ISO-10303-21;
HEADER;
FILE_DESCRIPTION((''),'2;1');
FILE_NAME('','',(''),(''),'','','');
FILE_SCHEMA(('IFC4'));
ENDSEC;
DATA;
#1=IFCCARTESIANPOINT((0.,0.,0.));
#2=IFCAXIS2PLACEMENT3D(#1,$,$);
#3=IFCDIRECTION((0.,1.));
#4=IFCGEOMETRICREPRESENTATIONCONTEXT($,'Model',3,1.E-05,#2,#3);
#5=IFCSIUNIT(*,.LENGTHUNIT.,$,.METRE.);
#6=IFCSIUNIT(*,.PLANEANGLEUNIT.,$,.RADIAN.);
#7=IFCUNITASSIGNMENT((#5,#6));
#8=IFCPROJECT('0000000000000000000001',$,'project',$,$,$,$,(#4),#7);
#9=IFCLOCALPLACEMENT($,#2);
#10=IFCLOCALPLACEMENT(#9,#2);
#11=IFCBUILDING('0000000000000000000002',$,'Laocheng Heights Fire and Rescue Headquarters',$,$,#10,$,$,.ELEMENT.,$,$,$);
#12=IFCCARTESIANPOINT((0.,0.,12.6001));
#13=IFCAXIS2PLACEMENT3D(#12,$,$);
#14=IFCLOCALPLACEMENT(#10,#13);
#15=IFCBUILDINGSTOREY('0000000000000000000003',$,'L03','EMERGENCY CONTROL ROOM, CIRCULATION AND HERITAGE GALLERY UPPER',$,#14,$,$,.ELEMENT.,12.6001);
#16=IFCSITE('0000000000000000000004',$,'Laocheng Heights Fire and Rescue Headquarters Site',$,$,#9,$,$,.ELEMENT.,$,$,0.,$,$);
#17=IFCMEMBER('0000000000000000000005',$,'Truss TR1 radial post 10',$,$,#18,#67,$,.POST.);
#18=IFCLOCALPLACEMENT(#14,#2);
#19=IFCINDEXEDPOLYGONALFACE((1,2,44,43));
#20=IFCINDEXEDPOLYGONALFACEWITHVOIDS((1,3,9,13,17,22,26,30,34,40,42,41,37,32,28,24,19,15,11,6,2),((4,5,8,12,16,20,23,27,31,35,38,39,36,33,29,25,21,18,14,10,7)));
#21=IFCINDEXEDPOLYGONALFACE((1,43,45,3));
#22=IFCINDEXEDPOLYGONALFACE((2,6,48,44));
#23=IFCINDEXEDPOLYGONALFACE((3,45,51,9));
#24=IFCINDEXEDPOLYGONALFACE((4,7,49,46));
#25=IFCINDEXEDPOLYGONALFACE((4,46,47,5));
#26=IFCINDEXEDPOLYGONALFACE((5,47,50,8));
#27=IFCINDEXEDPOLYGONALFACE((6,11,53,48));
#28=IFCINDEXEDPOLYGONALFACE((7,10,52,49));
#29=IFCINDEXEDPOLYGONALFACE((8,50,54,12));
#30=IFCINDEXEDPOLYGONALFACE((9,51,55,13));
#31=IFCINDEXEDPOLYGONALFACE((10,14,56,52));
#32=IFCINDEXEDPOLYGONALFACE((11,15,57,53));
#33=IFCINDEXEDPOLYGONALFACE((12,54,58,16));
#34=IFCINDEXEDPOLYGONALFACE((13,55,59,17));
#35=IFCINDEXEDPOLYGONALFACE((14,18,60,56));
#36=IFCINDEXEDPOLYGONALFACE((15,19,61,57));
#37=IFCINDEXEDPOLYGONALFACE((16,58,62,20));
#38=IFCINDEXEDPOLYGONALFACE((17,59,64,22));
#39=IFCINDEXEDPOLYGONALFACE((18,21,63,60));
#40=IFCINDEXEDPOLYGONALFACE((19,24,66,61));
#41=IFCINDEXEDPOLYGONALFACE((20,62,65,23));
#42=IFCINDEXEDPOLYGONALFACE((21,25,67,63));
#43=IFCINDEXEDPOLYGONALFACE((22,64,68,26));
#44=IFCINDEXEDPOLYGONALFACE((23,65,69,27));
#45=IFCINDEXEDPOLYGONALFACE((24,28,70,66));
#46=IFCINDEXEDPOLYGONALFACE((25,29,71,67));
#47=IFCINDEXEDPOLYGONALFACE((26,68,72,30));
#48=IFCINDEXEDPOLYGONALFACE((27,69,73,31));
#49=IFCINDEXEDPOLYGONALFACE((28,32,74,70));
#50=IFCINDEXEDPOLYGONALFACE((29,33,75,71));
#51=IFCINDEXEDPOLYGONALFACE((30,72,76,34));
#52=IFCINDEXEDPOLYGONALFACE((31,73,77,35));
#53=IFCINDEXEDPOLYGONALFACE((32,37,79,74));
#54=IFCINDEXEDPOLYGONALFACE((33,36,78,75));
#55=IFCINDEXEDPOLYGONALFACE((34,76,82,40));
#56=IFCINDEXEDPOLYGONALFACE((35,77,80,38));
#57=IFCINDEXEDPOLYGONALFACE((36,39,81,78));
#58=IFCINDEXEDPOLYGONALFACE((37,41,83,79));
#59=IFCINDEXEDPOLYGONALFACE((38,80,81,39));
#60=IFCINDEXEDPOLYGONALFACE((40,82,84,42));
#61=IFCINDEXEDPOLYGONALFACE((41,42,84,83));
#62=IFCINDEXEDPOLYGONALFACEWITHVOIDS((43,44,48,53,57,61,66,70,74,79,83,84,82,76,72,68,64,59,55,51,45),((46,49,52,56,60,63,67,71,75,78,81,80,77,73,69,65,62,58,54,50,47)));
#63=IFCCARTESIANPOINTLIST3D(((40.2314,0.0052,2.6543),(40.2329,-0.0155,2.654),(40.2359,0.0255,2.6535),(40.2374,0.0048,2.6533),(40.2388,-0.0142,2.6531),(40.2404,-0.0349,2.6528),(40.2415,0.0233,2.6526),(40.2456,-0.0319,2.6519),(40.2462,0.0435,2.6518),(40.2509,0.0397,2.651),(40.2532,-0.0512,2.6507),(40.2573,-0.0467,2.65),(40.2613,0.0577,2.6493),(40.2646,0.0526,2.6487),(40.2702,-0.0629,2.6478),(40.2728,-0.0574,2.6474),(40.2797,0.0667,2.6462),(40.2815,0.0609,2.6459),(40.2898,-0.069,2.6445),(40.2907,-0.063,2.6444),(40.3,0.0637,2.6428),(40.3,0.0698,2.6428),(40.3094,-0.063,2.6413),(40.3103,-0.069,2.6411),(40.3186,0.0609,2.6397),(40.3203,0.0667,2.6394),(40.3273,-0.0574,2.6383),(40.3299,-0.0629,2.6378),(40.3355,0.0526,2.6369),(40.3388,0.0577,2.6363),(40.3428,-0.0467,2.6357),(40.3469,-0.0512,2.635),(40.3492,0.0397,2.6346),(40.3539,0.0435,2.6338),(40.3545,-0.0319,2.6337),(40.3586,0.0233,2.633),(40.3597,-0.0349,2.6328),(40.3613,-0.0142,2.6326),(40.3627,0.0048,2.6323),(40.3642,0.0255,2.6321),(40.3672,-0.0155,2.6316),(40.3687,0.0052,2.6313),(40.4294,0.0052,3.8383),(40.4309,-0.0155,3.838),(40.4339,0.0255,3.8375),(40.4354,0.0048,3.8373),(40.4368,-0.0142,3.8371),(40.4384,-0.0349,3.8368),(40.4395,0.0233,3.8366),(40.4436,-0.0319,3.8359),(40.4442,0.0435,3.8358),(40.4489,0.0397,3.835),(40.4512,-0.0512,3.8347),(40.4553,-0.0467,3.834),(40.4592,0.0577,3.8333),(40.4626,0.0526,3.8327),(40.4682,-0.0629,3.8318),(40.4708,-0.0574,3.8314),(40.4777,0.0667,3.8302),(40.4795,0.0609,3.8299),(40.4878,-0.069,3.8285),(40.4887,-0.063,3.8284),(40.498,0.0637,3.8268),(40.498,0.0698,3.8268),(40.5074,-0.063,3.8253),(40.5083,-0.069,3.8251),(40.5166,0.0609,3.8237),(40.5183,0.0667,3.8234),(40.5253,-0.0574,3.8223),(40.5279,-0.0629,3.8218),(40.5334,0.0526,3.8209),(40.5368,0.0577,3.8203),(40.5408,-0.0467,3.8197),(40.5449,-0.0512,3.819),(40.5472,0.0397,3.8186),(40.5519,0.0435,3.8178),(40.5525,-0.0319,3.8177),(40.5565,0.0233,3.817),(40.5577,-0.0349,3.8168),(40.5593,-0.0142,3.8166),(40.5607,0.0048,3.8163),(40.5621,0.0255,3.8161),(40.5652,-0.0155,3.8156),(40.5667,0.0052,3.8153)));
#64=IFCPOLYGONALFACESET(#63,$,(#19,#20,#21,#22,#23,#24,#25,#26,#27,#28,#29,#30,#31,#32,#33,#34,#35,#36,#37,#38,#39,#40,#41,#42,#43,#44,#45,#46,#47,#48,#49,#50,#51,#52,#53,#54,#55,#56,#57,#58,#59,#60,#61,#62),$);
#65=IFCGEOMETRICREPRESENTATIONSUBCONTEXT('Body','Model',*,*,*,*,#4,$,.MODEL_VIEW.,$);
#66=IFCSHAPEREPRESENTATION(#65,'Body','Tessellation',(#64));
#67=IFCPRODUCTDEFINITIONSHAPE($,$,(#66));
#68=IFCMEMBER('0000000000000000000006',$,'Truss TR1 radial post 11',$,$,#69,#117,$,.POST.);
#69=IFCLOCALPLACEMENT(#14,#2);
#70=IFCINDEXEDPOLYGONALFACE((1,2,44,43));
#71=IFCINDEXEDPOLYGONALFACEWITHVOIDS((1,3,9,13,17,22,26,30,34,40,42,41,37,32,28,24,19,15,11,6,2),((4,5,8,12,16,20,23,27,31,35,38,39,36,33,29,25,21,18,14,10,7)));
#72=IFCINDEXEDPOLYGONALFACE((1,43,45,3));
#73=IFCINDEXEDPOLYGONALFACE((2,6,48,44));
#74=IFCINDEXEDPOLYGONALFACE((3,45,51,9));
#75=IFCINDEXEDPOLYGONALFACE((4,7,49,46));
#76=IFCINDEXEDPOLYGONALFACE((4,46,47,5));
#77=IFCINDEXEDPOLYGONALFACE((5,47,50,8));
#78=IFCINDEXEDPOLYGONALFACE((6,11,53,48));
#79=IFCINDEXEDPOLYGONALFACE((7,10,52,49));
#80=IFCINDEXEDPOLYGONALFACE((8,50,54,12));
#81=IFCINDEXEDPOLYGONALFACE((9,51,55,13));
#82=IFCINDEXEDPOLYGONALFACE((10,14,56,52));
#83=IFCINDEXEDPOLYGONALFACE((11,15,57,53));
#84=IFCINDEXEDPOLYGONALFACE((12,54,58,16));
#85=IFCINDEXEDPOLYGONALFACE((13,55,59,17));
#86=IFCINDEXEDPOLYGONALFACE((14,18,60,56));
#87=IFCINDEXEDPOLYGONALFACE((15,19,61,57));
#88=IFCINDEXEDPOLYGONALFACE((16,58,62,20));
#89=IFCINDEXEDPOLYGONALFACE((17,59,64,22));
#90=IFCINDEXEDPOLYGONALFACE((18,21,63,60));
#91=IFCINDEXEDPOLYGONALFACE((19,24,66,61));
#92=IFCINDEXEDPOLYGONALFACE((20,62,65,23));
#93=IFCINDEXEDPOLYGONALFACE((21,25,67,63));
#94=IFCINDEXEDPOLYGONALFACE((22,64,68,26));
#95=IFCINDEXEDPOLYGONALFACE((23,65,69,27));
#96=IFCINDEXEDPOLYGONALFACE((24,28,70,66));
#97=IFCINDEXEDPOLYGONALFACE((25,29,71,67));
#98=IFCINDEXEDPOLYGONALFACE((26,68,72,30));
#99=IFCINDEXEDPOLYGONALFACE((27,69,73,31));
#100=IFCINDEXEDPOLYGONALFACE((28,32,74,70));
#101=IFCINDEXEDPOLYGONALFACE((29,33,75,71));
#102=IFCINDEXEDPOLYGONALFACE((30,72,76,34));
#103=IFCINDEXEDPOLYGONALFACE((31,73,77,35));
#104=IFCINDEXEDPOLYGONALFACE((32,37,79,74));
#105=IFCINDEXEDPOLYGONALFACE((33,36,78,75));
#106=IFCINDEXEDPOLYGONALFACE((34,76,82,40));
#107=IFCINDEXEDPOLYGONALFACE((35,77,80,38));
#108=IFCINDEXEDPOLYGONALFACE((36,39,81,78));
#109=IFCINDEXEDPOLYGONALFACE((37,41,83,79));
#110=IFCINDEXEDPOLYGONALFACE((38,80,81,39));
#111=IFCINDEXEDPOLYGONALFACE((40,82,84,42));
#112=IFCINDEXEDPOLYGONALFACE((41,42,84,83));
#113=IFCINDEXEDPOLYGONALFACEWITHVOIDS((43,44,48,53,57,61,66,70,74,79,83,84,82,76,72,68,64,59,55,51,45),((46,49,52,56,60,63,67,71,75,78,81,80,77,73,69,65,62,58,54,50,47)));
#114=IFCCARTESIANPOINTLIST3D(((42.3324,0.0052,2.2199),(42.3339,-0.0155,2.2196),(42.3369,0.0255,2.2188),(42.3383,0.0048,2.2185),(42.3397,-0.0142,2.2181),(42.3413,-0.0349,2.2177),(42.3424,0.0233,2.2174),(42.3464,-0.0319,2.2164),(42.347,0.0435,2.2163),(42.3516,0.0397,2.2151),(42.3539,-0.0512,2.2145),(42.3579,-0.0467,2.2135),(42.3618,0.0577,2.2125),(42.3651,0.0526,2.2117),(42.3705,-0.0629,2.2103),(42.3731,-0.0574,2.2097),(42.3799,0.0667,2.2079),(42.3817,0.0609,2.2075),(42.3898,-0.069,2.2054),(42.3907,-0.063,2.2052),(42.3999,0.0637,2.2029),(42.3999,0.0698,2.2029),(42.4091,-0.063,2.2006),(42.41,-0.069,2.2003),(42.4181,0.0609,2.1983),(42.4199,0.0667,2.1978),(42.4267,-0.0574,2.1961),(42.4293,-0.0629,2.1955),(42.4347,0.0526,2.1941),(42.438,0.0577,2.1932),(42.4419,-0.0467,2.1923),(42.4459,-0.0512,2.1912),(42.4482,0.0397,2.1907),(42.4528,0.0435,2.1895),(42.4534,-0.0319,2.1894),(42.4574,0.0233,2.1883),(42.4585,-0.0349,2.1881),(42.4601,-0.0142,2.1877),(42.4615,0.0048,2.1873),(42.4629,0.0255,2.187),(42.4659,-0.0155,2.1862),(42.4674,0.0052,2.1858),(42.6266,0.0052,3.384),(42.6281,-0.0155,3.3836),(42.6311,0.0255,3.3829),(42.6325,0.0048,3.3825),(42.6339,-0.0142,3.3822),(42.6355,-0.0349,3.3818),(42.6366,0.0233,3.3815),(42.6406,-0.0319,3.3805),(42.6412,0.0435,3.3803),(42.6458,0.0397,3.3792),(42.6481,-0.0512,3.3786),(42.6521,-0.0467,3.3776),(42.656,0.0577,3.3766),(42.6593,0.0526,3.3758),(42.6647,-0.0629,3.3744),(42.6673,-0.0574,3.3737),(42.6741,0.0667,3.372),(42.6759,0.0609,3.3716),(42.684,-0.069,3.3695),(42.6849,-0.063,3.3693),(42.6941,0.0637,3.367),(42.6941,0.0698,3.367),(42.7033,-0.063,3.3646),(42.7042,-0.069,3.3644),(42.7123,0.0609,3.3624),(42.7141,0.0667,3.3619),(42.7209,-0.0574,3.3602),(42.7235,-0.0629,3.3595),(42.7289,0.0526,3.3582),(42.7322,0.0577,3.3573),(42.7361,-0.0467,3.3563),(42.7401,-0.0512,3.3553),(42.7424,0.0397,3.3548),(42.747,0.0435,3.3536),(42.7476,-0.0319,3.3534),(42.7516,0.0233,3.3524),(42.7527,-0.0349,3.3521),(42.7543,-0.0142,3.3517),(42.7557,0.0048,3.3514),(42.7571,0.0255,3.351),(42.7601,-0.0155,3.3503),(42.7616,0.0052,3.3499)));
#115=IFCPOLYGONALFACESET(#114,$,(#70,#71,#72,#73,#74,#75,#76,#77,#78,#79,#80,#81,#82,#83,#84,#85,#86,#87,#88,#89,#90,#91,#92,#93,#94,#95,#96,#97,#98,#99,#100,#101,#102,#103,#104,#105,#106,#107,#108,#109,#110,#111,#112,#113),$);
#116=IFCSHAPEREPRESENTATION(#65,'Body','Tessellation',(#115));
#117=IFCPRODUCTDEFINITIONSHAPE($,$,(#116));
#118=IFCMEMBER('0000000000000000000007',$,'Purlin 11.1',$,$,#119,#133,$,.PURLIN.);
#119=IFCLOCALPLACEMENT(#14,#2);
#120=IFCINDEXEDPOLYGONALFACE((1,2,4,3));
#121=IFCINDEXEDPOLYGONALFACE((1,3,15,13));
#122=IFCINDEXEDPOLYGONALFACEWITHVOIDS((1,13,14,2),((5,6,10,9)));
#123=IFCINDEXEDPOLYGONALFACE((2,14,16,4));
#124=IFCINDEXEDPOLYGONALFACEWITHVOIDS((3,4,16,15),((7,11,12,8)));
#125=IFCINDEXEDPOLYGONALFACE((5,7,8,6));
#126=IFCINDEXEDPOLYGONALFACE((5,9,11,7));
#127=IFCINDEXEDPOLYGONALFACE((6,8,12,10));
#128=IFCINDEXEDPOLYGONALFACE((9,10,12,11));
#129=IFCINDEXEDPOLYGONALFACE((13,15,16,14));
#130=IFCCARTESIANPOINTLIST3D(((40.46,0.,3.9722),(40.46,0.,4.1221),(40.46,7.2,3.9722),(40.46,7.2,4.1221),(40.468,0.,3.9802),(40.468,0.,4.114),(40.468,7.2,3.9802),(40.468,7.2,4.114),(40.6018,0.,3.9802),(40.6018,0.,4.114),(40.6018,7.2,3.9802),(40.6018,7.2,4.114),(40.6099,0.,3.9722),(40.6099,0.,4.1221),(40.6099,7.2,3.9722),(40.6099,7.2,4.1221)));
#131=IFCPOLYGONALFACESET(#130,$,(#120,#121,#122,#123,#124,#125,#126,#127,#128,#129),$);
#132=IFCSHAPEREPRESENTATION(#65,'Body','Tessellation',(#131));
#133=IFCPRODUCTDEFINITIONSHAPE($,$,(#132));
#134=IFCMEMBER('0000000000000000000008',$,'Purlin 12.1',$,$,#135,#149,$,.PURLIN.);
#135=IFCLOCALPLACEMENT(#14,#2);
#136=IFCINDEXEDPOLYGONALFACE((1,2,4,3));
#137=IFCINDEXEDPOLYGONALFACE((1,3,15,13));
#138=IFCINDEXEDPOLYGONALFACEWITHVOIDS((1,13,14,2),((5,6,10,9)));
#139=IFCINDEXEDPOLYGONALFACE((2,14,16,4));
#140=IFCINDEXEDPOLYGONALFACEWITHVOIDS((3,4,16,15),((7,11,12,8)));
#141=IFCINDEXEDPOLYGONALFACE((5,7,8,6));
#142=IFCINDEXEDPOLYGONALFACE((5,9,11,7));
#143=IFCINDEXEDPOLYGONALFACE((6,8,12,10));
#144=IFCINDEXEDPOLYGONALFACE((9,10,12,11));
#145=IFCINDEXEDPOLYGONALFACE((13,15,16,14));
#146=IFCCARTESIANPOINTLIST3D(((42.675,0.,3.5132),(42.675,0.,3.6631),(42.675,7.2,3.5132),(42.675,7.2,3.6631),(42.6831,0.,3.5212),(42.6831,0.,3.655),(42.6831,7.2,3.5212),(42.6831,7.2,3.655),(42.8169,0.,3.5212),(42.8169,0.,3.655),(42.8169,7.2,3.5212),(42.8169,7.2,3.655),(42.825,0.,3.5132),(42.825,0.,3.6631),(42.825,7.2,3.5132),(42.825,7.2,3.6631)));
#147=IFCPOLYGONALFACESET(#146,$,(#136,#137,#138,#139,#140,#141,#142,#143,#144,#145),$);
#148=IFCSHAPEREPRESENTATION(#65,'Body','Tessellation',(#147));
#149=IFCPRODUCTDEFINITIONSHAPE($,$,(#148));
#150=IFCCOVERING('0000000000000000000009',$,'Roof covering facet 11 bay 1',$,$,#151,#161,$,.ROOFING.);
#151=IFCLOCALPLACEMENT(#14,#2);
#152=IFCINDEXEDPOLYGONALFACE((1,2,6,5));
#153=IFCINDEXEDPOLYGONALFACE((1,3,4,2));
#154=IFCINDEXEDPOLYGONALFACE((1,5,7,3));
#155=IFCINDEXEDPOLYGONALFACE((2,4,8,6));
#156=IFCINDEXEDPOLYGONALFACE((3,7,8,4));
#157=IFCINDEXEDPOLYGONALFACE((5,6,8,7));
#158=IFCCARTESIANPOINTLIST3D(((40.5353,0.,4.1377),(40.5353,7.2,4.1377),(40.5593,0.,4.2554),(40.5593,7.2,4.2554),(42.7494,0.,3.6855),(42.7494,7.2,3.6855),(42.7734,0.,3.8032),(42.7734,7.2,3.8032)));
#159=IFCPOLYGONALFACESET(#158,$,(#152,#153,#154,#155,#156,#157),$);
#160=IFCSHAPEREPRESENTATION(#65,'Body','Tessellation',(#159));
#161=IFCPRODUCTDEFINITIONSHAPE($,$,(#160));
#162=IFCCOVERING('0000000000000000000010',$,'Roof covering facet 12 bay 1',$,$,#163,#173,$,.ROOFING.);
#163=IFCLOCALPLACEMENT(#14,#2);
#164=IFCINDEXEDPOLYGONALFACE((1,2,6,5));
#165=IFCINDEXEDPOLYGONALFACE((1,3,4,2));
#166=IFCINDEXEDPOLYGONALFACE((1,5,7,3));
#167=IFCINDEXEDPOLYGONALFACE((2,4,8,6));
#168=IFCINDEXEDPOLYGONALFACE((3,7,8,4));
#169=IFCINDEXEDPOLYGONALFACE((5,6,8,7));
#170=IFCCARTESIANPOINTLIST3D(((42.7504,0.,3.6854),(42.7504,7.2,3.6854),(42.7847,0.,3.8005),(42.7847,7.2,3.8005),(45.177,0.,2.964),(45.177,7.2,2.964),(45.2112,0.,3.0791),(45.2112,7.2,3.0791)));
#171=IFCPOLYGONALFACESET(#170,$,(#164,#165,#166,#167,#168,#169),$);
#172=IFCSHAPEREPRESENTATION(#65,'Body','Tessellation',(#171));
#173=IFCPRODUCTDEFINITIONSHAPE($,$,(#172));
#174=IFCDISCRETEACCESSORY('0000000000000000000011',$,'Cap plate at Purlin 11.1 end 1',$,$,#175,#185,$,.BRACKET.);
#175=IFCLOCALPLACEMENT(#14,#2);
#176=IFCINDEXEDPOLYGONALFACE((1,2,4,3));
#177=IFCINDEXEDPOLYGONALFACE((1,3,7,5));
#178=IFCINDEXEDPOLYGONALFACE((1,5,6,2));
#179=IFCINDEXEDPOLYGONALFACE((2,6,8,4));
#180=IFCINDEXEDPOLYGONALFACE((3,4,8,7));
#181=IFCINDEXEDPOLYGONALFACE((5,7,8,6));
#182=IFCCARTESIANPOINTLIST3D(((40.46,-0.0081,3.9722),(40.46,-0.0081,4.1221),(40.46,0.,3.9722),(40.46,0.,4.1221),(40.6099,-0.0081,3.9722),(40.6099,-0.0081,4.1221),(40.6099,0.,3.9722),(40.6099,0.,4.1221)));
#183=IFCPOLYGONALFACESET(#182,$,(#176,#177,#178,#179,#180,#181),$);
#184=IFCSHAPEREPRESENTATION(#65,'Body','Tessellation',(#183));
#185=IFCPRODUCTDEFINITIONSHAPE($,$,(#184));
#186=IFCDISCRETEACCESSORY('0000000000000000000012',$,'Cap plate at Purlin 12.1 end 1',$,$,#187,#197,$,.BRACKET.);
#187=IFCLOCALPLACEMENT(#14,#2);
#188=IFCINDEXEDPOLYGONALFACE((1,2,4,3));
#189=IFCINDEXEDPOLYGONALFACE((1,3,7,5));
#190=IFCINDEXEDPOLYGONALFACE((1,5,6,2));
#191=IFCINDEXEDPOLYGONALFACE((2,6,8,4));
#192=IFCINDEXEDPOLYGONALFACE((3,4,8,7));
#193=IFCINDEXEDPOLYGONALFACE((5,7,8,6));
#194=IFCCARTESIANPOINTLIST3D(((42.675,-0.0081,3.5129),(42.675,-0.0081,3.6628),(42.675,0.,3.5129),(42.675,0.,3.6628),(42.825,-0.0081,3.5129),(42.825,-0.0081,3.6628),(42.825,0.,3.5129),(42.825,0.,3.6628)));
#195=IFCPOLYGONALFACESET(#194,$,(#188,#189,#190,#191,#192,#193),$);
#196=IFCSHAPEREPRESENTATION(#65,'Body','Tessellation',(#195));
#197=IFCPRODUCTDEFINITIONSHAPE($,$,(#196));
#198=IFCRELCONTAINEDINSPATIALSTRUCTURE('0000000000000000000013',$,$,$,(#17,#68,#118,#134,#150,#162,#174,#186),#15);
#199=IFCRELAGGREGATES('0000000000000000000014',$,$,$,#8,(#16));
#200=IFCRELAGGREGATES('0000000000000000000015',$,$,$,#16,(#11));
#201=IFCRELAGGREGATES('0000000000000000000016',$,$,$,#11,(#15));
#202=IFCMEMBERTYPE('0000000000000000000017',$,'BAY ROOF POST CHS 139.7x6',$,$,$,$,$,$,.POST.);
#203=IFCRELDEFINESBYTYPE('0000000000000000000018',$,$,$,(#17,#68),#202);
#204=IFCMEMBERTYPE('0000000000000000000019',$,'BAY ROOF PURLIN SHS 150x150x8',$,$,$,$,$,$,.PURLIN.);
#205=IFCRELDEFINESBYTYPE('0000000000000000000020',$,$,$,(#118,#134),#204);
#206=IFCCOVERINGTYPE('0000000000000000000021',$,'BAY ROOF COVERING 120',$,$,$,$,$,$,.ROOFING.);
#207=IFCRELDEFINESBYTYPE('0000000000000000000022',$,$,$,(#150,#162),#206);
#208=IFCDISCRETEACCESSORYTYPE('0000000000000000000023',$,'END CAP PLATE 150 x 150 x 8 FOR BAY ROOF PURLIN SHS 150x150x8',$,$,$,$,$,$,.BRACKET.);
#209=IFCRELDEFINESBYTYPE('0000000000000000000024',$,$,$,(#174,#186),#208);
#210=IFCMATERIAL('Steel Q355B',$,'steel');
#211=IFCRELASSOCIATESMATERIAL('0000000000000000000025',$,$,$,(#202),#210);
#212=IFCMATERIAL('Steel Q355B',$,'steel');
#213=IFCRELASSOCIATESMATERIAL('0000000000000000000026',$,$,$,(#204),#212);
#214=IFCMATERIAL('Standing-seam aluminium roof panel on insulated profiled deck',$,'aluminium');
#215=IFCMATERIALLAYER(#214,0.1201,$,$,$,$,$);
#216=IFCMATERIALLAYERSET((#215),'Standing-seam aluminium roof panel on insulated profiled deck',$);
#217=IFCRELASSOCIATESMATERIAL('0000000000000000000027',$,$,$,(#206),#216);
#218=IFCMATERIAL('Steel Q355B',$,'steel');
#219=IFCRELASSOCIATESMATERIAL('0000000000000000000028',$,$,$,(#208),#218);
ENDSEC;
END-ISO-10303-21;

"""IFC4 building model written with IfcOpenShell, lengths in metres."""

from ifc_helpers import new_model, si_unit, direction, frame, origin, origin_2d, place, context, subcontext, project, spatial, polyline, rectangle, hollow_rectangle, hollow_circle, outline, extrude, material, layer, layer_set, material_profile, profile_set, type_object, element, save


model = new_model("IFC4")

# Units and contexts
model_context = context("Model", 3, precision=1e-05, world=origin(), true_north=direction((0.0, 1.0)))
body_context = subcontext(model_context, "Body", "Model", "MODEL_VIEW")
ifc_project = project(units=[si_unit("LENGTHUNIT", "METRE"), si_unit("PLANEANGLEUNIT", "RADIAN")], contexts=[model_context])

# Site, building, storey
site_placement = place(None, origin())
site = spatial("IfcSite", under=ifc_project, at=site_placement, Name="Laocheng Heights Fire and Rescue Headquarters Site", CompositionType="ELEMENT", RefElevation=0.0)
building_placement = place(site_placement, origin())
building = spatial("IfcBuilding", under=site, at=building_placement, Name="Laocheng Heights Fire and Rescue Headquarters", CompositionType="ELEMENT")
storey_placement = place(building_placement, frame((0.0, 0.0, 12.6001)))
storey = spatial("IfcBuildingStorey", under=building, at=storey_placement, Name="L03", Description="EMERGENCY CONTROL ROOM, CIRCULATION AND HERITAGE GALLERY UPPER", CompositionType="ELEMENT", Elevation=12.6001)

# Members
ifc_material_1 = material(Name="Steel Q355B", Category="steel")
ifc_material_profile_1 = material_profile(ifc_material_1, hollow_circle(Radius=0.0698, WallThickness=0.0061, at=origin_2d()), Name="CHS 139.7x6")
ifc_profile_set_1 = profile_set([ifc_material_profile_1], Name="Steel Q355B")
member_type_1 = type_object("IfcMemberType", Name="BAY ROOF POST CHS 139.7x6", PredefinedType="POST", material=ifc_profile_set_1)
member_1_placement = place(storey_placement, frame((40.3, 0.0, 2.6428), z_axis=(0.164927, 0.0, 0.986306), x_axis=(0.0, 1.0, 0.0)))
element("IfcMember", 1, at=member_1_placement, inside=storey, type_object=member_type_1, Name="Truss TR1 radial post 10", PredefinedType="POST", context=body_context, shape_type="SweptSolid", body=[
    extrude(hollow_circle(Radius=0.0698, WallThickness=0.0061, at=origin_2d()), origin(), (0.0, 0.0, 1.0), 1.2004),
])
member_2_placement = place(storey_placement, frame((42.3999, 0.0, 2.2029), z_axis=(0.245023, 0.0, 0.969517), x_axis=(0.0, 1.0, 0.0)))
element("IfcMember", 2, at=member_2_placement, inside=storey, type_object=member_type_1, Name="Truss TR1 radial post 11", PredefinedType="POST", context=body_context, shape_type="SweptSolid", body=[
    extrude(hollow_circle(Radius=0.0698, WallThickness=0.0061, at=origin_2d()), origin(), (0.0, 0.0, 1.0), 1.2007),
])
ifc_material_2 = material(Name="Steel Q355B", Category="steel")
ifc_material_profile_2 = material_profile(ifc_material_2, hollow_rectangle(XDim=0.1499, YDim=0.1499, WallThickness=0.0081, at=origin_2d()), Name="SHS 150x150x8")
ifc_profile_set_2 = profile_set([ifc_material_profile_2], Name="Steel Q355B")
member_type_2 = type_object("IfcMemberType", Name="BAY ROOF PURLIN SHS 150x150x8", PredefinedType="PURLIN", material=ifc_profile_set_2)
for number, where, z_axis, x_axis, name in (
    (3, (40.5349, 0.0, 4.0471), (0.0, 1.0, 0.0), (-1.0, 0.0, 0.0), "Purlin 11.1"),
    (4, (42.75, 0.0, 3.5881), (0.0, 1.0, 0.0), (-1.0, 0.0, 0.0), "Purlin 12.1"),
):
    element("IfcMember", number, at=place(storey_placement, frame(where, z_axis=z_axis, x_axis=x_axis)), inside=storey, type_object=member_type_2, Name=name, PredefinedType="PURLIN", context=body_context, shape_type="SweptSolid", body=[
        extrude(hollow_rectangle(XDim=0.1499, YDim=0.1499, WallThickness=0.0081, at=origin_2d()), origin(), (0.0, 0.0, 1.0), 7.2),
    ])

# Coverings
ifc_material_3 = material(Name="Standing-seam aluminium roof panel on insulated profiled deck", Category="aluminium")
ifc_layer = layer(ifc_material_3, 0.1201)
ifc_layer_set = layer_set([ifc_layer], Name="Standing-seam aluminium roof panel on insulated profiled deck")
covering_type = type_object("IfcCoveringType", Name="BAY ROOF COVERING 120", PredefinedType="ROOFING", material=ifc_layer_set)
covering_1_placement = place(storey_placement, frame((40.5593, 0.0, 4.2554), z_axis=(0.200083, 0.0, 0.979779), x_axis=(0.979779, 0.0, -0.200083)))
element("IfcCovering", 5, at=covering_1_placement, inside=storey, type_object=covering_type, Name="Roof covering facet 11 bay 1", PredefinedType="ROOFING", context=body_context, shape_type="SweptSolid", body=[
    extrude(outline(polyline([(0.0, 0.0), (2.2598, 0.0), (2.2598, 7.2), (0.0, 7.2), (0.0, 0.0)])), origin(), (0.0, 0.0, -1.0), 0.1201),
])
covering_2_placement = place(storey_placement, frame((42.7847, 0.0, 3.8005), z_axis=(0.284985, 0.0, 0.958532), x_axis=(0.958532, 0.0, -0.284985)))
element("IfcCovering", 6, at=covering_2_placement, inside=storey, type_object=covering_type, Name="Roof covering facet 12 bay 1", PredefinedType="ROOFING", context=body_context, shape_type="SweptSolid", body=[
    extrude(outline(polyline([(0.0, 0.0), (2.5315, 0.0), (2.5315, 7.2), (0.0, 7.2), (0.0, 0.0)])), origin(), (0.0, 0.0, -1.0), 0.1201),
])

# Discrete accessories
ifc_material_4 = material(Name="Steel Q355B", Category="steel")
ifc_material_profile_3 = material_profile(ifc_material_4, rectangle(XDim=0.1499, YDim=0.1499, at=origin_2d()), Name="END CAP PLATE 150 x 150 x 8 FOR BAY ROOF PURLIN SHS 150x150x8")
ifc_profile_set_3 = profile_set([ifc_material_profile_3], Name="Steel Q355B")
discrete_accessory_type_1 = type_object("IfcDiscreteAccessoryType", Name="END CAP PLATE 150 x 150 x 8 FOR BAY ROOF PURLIN SHS 150x150x8", PredefinedType="BRACKET", material=ifc_profile_set_3)
for number, where, z_axis, x_axis, name in (
    (7, (40.5349, -0.0081, 4.0471), (0.0, 1.0, 0.0), (-1.0, 0.0, 0.0), "Cap plate at Purlin 11.1 end 1"),
    (8, (42.75, -0.0081, 3.5879), (0.0, 1.0, 0.0), (-1.0, 0.0, 0.0), "Cap plate at Purlin 12.1 end 1"),
):
    element("IfcDiscreteAccessory", number, at=place(storey_placement, frame(where, z_axis=z_axis, x_axis=x_axis)), inside=storey, type_object=discrete_accessory_type_1, Name=name, PredefinedType="BRACKET", context=body_context, shape_type="SweptSolid", body=[
        extrude(rectangle(XDim=0.1499, YDim=0.1499, at=origin_2d()), origin(), (0.0, 0.0, 1.0), 0.0081),
    ])

save(model, "model.ifc")
